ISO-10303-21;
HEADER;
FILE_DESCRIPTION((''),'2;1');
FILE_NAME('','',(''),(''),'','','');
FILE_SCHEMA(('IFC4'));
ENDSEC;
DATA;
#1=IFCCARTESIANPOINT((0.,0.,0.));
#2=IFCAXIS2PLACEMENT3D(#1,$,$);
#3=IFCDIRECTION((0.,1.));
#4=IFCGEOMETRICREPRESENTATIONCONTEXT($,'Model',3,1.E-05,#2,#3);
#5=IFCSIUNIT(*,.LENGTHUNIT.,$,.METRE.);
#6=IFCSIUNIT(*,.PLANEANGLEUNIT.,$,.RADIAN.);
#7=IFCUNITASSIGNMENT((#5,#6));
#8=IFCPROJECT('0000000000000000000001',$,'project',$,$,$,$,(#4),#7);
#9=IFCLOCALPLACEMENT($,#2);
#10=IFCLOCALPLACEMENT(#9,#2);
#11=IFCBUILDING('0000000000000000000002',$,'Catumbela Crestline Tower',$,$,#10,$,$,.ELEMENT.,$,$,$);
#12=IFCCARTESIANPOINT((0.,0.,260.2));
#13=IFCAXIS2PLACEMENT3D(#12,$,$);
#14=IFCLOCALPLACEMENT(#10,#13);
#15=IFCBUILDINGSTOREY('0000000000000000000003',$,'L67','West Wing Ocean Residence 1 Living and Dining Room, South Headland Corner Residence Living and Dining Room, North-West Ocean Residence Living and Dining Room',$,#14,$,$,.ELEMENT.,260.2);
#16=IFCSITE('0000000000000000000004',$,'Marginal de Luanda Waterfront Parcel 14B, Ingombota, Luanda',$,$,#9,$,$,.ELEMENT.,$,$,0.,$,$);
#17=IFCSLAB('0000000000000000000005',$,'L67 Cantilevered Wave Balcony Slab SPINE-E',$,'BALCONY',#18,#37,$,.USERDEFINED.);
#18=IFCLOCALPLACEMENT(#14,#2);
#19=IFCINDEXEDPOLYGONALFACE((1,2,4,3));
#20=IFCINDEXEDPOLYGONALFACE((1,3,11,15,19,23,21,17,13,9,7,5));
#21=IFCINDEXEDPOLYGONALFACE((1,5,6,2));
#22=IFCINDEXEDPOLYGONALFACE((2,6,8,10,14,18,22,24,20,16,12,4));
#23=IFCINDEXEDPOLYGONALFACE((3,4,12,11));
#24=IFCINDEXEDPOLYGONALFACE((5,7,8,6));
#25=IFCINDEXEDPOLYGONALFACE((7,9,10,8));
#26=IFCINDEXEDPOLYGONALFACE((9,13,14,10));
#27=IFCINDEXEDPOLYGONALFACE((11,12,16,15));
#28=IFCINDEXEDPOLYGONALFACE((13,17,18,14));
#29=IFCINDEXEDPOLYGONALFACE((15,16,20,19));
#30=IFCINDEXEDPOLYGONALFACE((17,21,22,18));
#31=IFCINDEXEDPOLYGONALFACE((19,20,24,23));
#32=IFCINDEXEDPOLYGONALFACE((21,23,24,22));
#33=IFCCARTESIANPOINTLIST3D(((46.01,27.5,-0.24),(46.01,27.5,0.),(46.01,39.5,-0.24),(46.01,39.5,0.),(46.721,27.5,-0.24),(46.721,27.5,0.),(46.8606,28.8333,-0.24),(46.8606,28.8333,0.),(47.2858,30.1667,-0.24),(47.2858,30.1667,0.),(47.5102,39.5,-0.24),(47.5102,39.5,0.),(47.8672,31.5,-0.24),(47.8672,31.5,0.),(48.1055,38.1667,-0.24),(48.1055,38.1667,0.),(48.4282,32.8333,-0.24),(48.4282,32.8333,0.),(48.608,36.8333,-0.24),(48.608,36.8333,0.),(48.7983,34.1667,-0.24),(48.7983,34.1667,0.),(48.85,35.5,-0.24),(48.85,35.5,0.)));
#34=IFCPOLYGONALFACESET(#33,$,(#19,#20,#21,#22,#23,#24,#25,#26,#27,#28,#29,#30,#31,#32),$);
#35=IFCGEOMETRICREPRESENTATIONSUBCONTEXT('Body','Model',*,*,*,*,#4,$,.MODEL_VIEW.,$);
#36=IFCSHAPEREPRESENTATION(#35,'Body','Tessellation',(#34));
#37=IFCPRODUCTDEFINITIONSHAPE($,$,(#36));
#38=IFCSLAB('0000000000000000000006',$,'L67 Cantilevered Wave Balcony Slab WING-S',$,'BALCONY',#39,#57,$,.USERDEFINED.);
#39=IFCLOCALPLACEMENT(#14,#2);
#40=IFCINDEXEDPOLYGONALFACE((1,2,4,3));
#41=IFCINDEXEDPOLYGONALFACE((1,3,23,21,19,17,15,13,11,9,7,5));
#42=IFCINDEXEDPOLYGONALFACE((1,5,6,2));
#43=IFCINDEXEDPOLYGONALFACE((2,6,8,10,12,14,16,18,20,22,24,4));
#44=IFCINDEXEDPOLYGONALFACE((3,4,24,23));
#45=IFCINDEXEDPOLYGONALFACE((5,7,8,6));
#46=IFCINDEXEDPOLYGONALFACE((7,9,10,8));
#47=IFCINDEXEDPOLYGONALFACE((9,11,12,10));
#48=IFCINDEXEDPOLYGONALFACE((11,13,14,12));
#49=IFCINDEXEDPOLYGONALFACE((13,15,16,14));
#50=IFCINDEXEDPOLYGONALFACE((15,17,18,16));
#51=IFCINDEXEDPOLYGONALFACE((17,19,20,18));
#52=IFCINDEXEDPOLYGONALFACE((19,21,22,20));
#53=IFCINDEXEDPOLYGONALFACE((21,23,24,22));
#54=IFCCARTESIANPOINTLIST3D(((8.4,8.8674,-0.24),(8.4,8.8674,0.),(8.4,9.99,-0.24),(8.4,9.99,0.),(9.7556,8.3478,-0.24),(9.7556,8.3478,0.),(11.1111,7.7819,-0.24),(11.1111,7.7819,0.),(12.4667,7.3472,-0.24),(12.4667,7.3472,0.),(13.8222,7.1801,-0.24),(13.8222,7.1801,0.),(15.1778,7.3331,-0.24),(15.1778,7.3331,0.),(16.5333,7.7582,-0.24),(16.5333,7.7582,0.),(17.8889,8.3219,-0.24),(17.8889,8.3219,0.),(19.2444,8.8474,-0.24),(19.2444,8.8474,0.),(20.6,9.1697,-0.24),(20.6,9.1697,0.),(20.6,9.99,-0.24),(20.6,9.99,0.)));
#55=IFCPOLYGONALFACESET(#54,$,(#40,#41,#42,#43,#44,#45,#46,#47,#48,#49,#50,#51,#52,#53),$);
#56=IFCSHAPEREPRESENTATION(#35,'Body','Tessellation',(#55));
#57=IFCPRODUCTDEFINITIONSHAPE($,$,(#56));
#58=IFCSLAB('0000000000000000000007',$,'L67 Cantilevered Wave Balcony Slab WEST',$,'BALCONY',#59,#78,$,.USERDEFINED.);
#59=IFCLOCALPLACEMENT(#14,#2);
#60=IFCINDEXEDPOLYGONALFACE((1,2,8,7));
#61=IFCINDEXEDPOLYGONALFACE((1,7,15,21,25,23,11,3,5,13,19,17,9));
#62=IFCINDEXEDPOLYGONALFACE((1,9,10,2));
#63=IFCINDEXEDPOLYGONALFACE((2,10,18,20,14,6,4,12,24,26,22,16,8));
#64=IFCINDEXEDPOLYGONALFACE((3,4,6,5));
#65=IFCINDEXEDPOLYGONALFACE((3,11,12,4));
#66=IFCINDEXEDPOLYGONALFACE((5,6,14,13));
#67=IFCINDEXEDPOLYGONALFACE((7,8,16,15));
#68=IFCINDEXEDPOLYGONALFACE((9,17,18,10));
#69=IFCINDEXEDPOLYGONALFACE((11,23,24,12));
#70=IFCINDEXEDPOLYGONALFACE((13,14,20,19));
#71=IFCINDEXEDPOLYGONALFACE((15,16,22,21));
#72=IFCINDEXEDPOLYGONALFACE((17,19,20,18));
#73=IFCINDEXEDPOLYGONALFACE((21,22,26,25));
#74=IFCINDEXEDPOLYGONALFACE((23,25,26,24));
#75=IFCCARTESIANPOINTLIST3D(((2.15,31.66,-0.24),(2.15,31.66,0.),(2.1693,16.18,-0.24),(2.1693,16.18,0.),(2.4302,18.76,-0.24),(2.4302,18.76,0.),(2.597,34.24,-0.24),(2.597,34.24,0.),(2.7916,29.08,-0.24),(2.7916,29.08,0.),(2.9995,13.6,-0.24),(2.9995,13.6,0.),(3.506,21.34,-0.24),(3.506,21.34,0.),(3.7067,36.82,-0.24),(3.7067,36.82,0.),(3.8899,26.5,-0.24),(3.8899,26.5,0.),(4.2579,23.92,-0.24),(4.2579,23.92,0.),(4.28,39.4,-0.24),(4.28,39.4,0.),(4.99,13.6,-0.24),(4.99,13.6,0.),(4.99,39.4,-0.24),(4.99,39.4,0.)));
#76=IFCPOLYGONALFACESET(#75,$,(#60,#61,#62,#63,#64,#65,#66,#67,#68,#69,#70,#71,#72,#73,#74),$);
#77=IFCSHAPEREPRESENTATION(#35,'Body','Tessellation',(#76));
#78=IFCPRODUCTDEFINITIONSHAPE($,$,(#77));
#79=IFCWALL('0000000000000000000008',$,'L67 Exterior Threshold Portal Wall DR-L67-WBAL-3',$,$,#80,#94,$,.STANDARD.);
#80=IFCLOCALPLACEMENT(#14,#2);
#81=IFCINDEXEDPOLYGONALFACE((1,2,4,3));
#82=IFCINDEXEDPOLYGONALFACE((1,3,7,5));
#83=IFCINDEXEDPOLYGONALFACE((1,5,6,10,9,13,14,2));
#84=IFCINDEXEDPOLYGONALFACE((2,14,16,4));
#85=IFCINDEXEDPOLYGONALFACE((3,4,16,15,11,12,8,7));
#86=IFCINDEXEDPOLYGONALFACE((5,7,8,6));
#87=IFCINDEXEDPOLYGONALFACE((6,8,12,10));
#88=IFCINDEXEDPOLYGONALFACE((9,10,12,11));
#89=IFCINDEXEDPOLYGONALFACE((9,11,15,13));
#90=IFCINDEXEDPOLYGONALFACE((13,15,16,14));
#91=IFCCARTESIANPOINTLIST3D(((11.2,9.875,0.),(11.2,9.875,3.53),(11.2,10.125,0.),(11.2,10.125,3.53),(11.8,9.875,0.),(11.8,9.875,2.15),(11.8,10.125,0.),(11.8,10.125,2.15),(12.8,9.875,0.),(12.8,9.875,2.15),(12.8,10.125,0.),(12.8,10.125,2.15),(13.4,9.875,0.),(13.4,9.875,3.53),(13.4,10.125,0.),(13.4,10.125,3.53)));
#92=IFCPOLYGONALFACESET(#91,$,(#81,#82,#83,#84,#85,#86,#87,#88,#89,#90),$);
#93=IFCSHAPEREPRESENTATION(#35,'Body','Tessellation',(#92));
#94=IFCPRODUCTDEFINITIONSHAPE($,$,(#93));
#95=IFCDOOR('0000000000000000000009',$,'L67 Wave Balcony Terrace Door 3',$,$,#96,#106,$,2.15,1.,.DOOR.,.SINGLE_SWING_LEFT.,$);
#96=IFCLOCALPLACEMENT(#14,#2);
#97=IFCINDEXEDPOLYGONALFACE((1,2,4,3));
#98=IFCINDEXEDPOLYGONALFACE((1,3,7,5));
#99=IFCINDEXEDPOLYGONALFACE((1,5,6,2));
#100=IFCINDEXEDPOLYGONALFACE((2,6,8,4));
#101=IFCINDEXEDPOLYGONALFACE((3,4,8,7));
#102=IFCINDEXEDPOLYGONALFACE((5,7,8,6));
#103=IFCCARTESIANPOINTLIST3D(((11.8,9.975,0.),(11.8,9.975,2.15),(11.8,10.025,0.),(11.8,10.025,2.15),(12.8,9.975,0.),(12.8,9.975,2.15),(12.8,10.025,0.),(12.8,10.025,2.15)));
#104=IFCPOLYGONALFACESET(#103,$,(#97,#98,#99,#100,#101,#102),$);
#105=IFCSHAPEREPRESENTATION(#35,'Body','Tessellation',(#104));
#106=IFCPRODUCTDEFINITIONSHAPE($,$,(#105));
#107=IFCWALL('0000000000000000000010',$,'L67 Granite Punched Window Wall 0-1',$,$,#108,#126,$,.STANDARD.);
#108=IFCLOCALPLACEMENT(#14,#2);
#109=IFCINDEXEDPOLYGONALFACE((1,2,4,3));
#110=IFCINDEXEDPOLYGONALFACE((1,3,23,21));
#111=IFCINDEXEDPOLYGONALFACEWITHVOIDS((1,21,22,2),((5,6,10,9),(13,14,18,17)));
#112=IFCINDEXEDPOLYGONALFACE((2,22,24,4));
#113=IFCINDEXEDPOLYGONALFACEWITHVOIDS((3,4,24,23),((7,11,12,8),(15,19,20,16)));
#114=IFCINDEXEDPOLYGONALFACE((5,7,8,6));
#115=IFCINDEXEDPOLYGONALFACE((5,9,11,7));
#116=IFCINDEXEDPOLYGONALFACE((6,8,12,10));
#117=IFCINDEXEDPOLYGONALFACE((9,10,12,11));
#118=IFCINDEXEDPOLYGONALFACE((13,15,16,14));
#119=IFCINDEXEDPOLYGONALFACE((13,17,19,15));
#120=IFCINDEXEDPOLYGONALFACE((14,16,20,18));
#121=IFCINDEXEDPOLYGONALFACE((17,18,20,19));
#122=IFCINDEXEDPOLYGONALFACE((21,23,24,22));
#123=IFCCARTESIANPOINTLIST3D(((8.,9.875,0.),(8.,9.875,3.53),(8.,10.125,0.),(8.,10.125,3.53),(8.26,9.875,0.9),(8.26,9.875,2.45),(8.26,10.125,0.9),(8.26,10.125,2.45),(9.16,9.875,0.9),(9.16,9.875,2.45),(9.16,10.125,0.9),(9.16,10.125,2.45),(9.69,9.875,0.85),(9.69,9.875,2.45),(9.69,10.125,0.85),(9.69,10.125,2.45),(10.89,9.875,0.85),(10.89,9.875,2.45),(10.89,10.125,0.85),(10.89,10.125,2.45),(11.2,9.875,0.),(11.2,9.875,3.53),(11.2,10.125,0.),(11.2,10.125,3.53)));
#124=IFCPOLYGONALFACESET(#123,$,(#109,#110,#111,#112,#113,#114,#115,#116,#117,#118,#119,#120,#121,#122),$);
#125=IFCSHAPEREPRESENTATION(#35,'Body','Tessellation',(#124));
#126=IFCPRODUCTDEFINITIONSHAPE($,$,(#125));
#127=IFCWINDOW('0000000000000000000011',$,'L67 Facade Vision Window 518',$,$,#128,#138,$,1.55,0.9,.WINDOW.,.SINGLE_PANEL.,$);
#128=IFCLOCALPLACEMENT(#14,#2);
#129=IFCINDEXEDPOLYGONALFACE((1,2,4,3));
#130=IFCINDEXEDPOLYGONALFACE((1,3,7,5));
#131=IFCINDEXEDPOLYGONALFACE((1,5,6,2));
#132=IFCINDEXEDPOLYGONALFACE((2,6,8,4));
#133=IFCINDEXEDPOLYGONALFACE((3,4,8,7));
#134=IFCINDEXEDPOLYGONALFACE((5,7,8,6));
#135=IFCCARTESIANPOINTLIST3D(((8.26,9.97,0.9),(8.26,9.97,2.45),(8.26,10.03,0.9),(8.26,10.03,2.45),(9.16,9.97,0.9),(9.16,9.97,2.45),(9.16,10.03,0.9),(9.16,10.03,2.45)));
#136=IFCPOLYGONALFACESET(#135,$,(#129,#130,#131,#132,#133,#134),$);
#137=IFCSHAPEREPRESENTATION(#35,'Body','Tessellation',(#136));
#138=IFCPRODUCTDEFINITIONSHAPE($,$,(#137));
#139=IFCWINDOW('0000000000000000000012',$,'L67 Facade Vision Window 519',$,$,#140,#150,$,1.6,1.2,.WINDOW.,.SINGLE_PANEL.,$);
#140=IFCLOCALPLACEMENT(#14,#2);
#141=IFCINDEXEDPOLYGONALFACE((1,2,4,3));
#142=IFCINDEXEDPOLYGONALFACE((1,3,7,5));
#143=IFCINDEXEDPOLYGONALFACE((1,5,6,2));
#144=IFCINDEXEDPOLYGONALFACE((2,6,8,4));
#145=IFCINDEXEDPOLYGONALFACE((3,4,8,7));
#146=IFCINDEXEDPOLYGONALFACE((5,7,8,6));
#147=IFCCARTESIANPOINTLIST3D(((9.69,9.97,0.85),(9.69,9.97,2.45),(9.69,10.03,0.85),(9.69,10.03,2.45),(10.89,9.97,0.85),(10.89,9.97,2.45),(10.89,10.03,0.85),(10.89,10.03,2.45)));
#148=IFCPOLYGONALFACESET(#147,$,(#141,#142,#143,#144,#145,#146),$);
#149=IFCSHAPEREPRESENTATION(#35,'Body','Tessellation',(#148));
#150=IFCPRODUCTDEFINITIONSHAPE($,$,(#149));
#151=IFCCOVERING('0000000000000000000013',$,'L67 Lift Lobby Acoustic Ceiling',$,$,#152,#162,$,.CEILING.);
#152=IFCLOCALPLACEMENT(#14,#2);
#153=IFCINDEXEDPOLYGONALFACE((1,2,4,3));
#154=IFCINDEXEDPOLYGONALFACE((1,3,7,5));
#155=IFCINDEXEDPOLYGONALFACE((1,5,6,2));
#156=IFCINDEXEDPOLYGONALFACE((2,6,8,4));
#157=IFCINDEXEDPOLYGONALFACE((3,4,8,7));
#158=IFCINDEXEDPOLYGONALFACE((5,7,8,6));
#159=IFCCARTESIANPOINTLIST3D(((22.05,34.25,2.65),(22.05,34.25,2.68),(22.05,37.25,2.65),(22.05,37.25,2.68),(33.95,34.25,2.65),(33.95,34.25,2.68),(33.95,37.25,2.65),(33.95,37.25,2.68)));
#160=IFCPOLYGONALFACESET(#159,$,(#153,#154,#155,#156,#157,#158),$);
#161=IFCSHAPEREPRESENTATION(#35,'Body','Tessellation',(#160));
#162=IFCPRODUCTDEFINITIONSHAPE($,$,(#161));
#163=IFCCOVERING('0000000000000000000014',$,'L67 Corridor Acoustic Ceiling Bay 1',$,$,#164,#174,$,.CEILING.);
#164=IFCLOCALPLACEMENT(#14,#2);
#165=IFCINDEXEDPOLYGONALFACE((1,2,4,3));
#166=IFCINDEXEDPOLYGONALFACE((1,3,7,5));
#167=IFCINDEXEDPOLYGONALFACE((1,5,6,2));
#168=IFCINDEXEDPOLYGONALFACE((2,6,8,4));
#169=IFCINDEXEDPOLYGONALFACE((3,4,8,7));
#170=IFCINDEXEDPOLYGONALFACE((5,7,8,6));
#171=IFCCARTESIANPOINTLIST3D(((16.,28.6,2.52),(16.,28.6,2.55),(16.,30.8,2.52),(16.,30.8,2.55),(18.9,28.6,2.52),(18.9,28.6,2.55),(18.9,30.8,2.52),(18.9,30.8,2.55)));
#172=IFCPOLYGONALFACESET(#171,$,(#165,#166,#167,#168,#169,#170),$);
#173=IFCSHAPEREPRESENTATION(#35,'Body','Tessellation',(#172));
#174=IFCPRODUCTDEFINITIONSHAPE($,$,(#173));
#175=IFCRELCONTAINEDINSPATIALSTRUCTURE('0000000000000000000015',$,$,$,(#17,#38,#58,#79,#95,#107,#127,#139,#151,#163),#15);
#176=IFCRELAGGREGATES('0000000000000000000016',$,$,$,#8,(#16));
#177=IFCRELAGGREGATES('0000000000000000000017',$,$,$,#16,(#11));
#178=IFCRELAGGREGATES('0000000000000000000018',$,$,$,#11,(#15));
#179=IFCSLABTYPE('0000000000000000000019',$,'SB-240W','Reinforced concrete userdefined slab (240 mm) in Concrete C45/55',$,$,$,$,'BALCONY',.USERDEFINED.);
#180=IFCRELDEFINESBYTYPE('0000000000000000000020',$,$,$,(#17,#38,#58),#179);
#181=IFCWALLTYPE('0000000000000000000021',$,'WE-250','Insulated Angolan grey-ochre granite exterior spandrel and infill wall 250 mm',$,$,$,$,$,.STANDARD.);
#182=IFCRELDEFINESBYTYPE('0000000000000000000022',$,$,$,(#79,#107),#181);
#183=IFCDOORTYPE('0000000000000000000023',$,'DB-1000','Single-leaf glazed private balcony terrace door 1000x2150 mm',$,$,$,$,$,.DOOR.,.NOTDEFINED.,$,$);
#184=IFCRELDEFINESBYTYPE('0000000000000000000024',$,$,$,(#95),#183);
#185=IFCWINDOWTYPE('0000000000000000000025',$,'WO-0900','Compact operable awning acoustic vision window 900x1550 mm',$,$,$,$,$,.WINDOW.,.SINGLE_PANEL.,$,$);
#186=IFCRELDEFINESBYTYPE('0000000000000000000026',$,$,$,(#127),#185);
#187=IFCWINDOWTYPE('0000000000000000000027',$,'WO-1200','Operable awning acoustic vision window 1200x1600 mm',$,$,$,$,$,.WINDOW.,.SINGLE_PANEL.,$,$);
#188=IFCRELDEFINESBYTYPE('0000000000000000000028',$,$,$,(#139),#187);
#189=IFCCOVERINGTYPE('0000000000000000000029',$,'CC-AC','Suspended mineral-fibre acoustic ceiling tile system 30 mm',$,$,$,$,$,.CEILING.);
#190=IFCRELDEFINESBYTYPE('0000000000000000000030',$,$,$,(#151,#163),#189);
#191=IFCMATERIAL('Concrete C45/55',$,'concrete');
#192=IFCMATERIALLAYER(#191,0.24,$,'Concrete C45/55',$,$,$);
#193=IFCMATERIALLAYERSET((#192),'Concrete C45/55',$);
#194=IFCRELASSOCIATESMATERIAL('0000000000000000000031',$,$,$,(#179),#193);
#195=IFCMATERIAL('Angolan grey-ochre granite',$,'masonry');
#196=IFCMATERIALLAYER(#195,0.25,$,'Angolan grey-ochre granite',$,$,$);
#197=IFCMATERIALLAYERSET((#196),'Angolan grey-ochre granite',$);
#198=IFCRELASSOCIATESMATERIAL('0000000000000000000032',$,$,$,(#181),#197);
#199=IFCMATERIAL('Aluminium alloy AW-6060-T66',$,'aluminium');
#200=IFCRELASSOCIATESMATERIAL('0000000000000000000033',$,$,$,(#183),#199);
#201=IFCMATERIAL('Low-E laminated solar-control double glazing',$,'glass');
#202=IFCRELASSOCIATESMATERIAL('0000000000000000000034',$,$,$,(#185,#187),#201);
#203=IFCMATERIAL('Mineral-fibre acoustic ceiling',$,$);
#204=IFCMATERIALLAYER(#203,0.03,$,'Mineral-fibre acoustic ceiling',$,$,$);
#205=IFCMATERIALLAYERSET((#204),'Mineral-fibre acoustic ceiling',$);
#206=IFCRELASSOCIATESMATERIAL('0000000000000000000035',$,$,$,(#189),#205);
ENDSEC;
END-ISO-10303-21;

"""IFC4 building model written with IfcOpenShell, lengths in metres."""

from ifc_helpers import new_model, si_unit, direction, frame, frame_2d, origin, place, context, subcontext, project, spatial, polyline, rectangle, outline, extrude, material, layer, layer_set, type_object, element, fill, save


model = new_model("IFC4")

# Units and contexts
model_context = context("Model", 3, precision=1e-05, world=origin(), true_north=direction((0.0, 1.0)))
body_context = subcontext(model_context, "Body", "Model", "MODEL_VIEW")
ifc_project = project(units=[si_unit("LENGTHUNIT", "METRE"), si_unit("PLANEANGLEUNIT", "RADIAN")], contexts=[model_context])

# Site, building, storey
site_placement = place(None, origin())
site = spatial("IfcSite", under=ifc_project, at=site_placement, Name="Marginal de Luanda Waterfront Parcel 14B, Ingombota, Luanda", CompositionType="ELEMENT", RefElevation=0.0)
building_placement = place(site_placement, origin())
building = spatial("IfcBuilding", under=site, at=building_placement, Name="Catumbela Crestline Tower", CompositionType="ELEMENT")
storey_placement = place(building_placement, frame((0.0, 0.0, 260.2)))
storey = spatial("IfcBuildingStorey", under=building, at=storey_placement, Name="L67", Description="West Wing Ocean Residence 1 Living and Dining Room, South Headland Corner Residence Living and Dining Room, North-West Ocean Residence Living and Dining Room", CompositionType="ELEMENT", Elevation=260.2)

# Shared definitions
ifc_material_1 = material(Name="Aluminium alloy AW-6060-T66", Category="aluminium")
ifc_material_2 = material(Name="Low-E laminated solar-control double glazing", Category="glass")

# Shared definitions
ifc_material_3 = material(Name="Concrete C45/55", Category="concrete")

# Slabs
ifc_layer_1 = layer(ifc_material_3, 0.24, Name="Concrete C45/55")
ifc_layer_set_1 = layer_set([ifc_layer_1], Name="Concrete C45/55")
slab_type_1 = type_object("IfcSlabType", Name="SB-240W", Description="Reinforced concrete userdefined slab (240 mm) in Concrete C45/55", ElementType="BALCONY", PredefinedType="USERDEFINED", material=ifc_layer_set_1)
slab_1_placement = place(storey_placement, frame((0.0, 0.0, -0.24)))
element("IfcSlab", 1, at=slab_1_placement, inside=storey, type_object=slab_type_1, Name="L67 Cantilevered Wave Balcony Slab SPINE-E", ObjectType="BALCONY", PredefinedType="USERDEFINED", context=body_context, shape_type="SweptSolid", body=[
    extrude(outline(polyline([(46.01, 27.5), (46.721, 27.5), (46.8606, 28.8333), (47.2858, 30.1667), (47.8672, 31.5), (48.4282, 32.8333), (48.7983, 34.1667), (48.85, 35.5), (48.608, 36.8333), (48.1055, 38.1667), (47.5102, 39.5), (46.01, 39.5), (46.01, 27.5)])), origin(), (0.0, 0.0, 1.0), 0.24),
])
slab_2_placement = place(storey_placement, frame((0.0, 0.0, -0.24)))
element("IfcSlab", 2, at=slab_2_placement, inside=storey, type_object=slab_type_1, Name="L67 Cantilevered Wave Balcony Slab WING-S", ObjectType="BALCONY", PredefinedType="USERDEFINED", context=body_context, shape_type="SweptSolid", body=[
    extrude(outline(polyline([(8.4, 8.8674), (9.7556, 8.3478), (11.1111, 7.7819), (12.4667, 7.3472), (13.8222, 7.1801), (15.1778, 7.3331), (16.5333, 7.7582), (17.8889, 8.3219), (19.2444, 8.8474), (20.6, 9.1697), (20.6, 9.99), (8.4, 9.99), (8.4, 8.8674)])), origin(), (0.0, 0.0, 1.0), 0.24),
])
slab_3_placement = place(storey_placement, frame((0.0, 0.0, -0.24)))
element("IfcSlab", 3, at=slab_3_placement, inside=storey, type_object=slab_type_1, Name="L67 Cantilevered Wave Balcony Slab WEST", ObjectType="BALCONY", PredefinedType="USERDEFINED", context=body_context, shape_type="SweptSolid", body=[
    extrude(outline(polyline([(4.99, 39.4), (4.28, 39.4), (3.7067, 36.82), (2.597, 34.24), (2.15, 31.66), (2.7916, 29.08), (3.8899, 26.5), (4.2579, 23.92), (3.506, 21.34), (2.4302, 18.76), (2.1693, 16.18), (2.9995, 13.6), (4.99, 13.6), (4.99, 39.4)])), origin(), (0.0, 0.0, 1.0), 0.24),
])

# Wall, opening, door
ifc_material_4 = material(Name="Angolan grey-ochre granite", Category="masonry")
ifc_layer_2 = layer(ifc_material_4, 0.25, Name="Angolan grey-ochre granite")
ifc_layer_set_2 = layer_set([ifc_layer_2], Name="Angolan grey-ochre granite")
wall_type = type_object("IfcWallType", Name="WE-250", Description="Insulated Angolan grey-ochre granite exterior spandrel and infill wall 250 mm", PredefinedType="STANDARD", material=ifc_layer_set_2)
wall_1_placement = place(storey_placement, frame((11.2, 10.0, 0.0), z_axis=(0.0, 0.0, 1.0), x_axis=(1.0, 0.0, 0.0)))
wall_1 = element("IfcWall", 4, at=wall_1_placement, inside=storey, type_object=wall_type, Name="L67 Exterior Threshold Portal Wall DR-L67-WBAL-3", PredefinedType="STANDARD", context=body_context, shape_type="SweptSolid", body=[
    extrude(rectangle(XDim=2.2, YDim=0.25, at=frame_2d((1.1, 0.0))), origin(), (0.0, 0.0, 1.0), 3.53),
])
opening_1_placement = place(wall_1_placement, frame((0.6, 0.0, 0.0)))
opening_1 = element("IfcOpeningElement", 5, at=opening_1_placement, cuts=wall_1, PredefinedType="OPENING", context=body_context, shape_type="SweptSolid", body=[
    extrude(rectangle(XDim=1.0, YDim=2.15, at=frame_2d((0.5, 1.075))), frame((0.0, 0.135, 0.0), z_axis=(0.0, -1.0, 0.0), x_axis=(1.0, 0.0, 0.0)), (0.0, 0.0, 1.0), 0.27),
])
door_type = type_object("IfcDoorType", Name="DB-1000", Description="Single-leaf glazed private balcony terrace door 1000x2150 mm", OperationType="NOTDEFINED", PredefinedType="DOOR", material=ifc_material_1)
door_placement = place(opening_1_placement, origin())
door = element("IfcDoor", 6, at=door_placement, inside=storey, type_object=door_type, Name="L67 Wave Balcony Terrace Door 3", OperationType="SINGLE_SWING_LEFT", OverallHeight=2.15, OverallWidth=1.0, PredefinedType="DOOR", context=body_context, shape_type="SweptSolid", body=[
    extrude(rectangle(XDim=1.0, YDim=2.15, at=frame_2d((0.5, 1.075))), frame((0.0, 0.025, 0.0), z_axis=(0.0, -1.0, 0.0), x_axis=(1.0, 0.0, 0.0)), (0.0, 0.0, 1.0), 0.05),
])
fill(opening_1, door)

# Wall, openings, windows
wall_2_placement = place(storey_placement, frame((8.0, 10.0, 0.0), z_axis=(0.0, 0.0, 1.0), x_axis=(1.0, 0.0, 0.0)))
wall_2 = element("IfcWall", 7, at=wall_2_placement, inside=storey, type_object=wall_type, Name="L67 Granite Punched Window Wall 0-1", PredefinedType="STANDARD", context=body_context, shape_type="SweptSolid", body=[
    extrude(rectangle(XDim=3.2, YDim=0.25, at=frame_2d((1.6, 0.0))), origin(), (0.0, 0.0, 1.0), 3.53),
])
opening_2_placement = place(wall_2_placement, frame((0.26, 0.0, 0.9)))
opening_2 = element("IfcOpeningElement", 8, at=opening_2_placement, cuts=wall_2, PredefinedType="OPENING", context=body_context, shape_type="SweptSolid", body=[
    extrude(rectangle(XDim=0.9, YDim=1.55, at=frame_2d((0.45, 0.775))), frame((0.0, 0.135, 0.0), z_axis=(0.0, -1.0, 0.0), x_axis=(1.0, 0.0, 0.0)), (0.0, 0.0, 1.0), 0.27),
])
opening_3_placement = place(wall_2_placement, frame((1.69, 0.0, 0.85)))
opening_3 = element("IfcOpeningElement", 9, at=opening_3_placement, cuts=wall_2, PredefinedType="OPENING", context=body_context, shape_type="SweptSolid", body=[
    extrude(rectangle(XDim=1.2, YDim=1.6, at=frame_2d((0.6, 0.8))), frame((0.0, 0.135, 0.0), z_axis=(0.0, -1.0, 0.0), x_axis=(1.0, 0.0, 0.0)), (0.0, 0.0, 1.0), 0.27),
])
window_type_1 = type_object("IfcWindowType", Name="WO-0900", Description="Compact operable awning acoustic vision window 900x1550 mm", PartitioningType="SINGLE_PANEL", PredefinedType="WINDOW", material=ifc_material_2)
window_1_placement = place(opening_2_placement, origin())
window_1 = element("IfcWindow", 10, at=window_1_placement, inside=storey, type_object=window_type_1, Name="L67 Facade Vision Window 518", OverallHeight=1.55, OverallWidth=0.9, PartitioningType="SINGLE_PANEL", PredefinedType="WINDOW", context=body_context, shape_type="SweptSolid", body=[
    extrude(rectangle(XDim=0.9, YDim=1.55, at=frame_2d((0.45, 0.775))), frame((0.0, 0.03, 0.0), z_axis=(0.0, -1.0, 0.0), x_axis=(1.0, 0.0, 0.0)), (0.0, 0.0, 1.0), 0.06),
])
fill(opening_2, window_1)
window_type_2 = type_object("IfcWindowType", Name="WO-1200", Description="Operable awning acoustic vision window 1200x1600 mm", PartitioningType="SINGLE_PANEL", PredefinedType="WINDOW", material=ifc_material_2)
window_2_placement = place(opening_3_placement, origin())
window_2 = element("IfcWindow", 11, at=window_2_placement, inside=storey, type_object=window_type_2, Name="L67 Facade Vision Window 519", OverallHeight=1.6, OverallWidth=1.2, PartitioningType="SINGLE_PANEL", PredefinedType="WINDOW", context=body_context, shape_type="SweptSolid", body=[
    extrude(rectangle(XDim=1.2, YDim=1.6, at=frame_2d((0.6, 0.8))), frame((0.0, 0.03, 0.0), z_axis=(0.0, -1.0, 0.0), x_axis=(1.0, 0.0, 0.0)), (0.0, 0.0, 1.0), 0.06),
])
fill(opening_3, window_2)

# Coverings
ifc_material_5 = material(Name="Mineral-fibre acoustic ceiling")
ifc_layer_3 = layer(ifc_material_5, 0.03, Name="Mineral-fibre acoustic ceiling")
ifc_layer_set_3 = layer_set([ifc_layer_3], Name="Mineral-fibre acoustic ceiling")
covering_type_1 = type_object("IfcCoveringType", Name="CC-AC", Description="Suspended mineral-fibre acoustic ceiling tile system 30 mm", PredefinedType="CEILING", material=ifc_layer_set_3)
covering_1_placement = place(storey_placement, frame((0.0, 0.0, 2.65)))
element("IfcCovering", 12, at=covering_1_placement, inside=storey, type_object=covering_type_1, Name="L67 Lift Lobby Acoustic Ceiling", PredefinedType="CEILING", context=body_context, shape_type="SweptSolid", body=[
    extrude(outline(polyline([(22.05, 34.25), (33.95, 34.25), (33.95, 37.25), (22.05, 37.25), (22.05, 34.25)])), origin(), (0.0, 0.0, 1.0), 0.03),
])
covering_2_placement = place(storey_placement, frame((0.0, 0.0, 2.52)))
element("IfcCovering", 13, at=covering_2_placement, inside=storey, type_object=covering_type_1, Name="L67 Corridor Acoustic Ceiling Bay 1", PredefinedType="CEILING", context=body_context, shape_type="SweptSolid", body=[
    extrude(outline(polyline([(16.0, 28.6), (18.9, 28.6), (18.9, 30.8), (16.0, 30.8), (16.0, 28.6)])), origin(), (0.0, 0.0, 1.0), 0.03),
])

save(model, "model.ifc")
